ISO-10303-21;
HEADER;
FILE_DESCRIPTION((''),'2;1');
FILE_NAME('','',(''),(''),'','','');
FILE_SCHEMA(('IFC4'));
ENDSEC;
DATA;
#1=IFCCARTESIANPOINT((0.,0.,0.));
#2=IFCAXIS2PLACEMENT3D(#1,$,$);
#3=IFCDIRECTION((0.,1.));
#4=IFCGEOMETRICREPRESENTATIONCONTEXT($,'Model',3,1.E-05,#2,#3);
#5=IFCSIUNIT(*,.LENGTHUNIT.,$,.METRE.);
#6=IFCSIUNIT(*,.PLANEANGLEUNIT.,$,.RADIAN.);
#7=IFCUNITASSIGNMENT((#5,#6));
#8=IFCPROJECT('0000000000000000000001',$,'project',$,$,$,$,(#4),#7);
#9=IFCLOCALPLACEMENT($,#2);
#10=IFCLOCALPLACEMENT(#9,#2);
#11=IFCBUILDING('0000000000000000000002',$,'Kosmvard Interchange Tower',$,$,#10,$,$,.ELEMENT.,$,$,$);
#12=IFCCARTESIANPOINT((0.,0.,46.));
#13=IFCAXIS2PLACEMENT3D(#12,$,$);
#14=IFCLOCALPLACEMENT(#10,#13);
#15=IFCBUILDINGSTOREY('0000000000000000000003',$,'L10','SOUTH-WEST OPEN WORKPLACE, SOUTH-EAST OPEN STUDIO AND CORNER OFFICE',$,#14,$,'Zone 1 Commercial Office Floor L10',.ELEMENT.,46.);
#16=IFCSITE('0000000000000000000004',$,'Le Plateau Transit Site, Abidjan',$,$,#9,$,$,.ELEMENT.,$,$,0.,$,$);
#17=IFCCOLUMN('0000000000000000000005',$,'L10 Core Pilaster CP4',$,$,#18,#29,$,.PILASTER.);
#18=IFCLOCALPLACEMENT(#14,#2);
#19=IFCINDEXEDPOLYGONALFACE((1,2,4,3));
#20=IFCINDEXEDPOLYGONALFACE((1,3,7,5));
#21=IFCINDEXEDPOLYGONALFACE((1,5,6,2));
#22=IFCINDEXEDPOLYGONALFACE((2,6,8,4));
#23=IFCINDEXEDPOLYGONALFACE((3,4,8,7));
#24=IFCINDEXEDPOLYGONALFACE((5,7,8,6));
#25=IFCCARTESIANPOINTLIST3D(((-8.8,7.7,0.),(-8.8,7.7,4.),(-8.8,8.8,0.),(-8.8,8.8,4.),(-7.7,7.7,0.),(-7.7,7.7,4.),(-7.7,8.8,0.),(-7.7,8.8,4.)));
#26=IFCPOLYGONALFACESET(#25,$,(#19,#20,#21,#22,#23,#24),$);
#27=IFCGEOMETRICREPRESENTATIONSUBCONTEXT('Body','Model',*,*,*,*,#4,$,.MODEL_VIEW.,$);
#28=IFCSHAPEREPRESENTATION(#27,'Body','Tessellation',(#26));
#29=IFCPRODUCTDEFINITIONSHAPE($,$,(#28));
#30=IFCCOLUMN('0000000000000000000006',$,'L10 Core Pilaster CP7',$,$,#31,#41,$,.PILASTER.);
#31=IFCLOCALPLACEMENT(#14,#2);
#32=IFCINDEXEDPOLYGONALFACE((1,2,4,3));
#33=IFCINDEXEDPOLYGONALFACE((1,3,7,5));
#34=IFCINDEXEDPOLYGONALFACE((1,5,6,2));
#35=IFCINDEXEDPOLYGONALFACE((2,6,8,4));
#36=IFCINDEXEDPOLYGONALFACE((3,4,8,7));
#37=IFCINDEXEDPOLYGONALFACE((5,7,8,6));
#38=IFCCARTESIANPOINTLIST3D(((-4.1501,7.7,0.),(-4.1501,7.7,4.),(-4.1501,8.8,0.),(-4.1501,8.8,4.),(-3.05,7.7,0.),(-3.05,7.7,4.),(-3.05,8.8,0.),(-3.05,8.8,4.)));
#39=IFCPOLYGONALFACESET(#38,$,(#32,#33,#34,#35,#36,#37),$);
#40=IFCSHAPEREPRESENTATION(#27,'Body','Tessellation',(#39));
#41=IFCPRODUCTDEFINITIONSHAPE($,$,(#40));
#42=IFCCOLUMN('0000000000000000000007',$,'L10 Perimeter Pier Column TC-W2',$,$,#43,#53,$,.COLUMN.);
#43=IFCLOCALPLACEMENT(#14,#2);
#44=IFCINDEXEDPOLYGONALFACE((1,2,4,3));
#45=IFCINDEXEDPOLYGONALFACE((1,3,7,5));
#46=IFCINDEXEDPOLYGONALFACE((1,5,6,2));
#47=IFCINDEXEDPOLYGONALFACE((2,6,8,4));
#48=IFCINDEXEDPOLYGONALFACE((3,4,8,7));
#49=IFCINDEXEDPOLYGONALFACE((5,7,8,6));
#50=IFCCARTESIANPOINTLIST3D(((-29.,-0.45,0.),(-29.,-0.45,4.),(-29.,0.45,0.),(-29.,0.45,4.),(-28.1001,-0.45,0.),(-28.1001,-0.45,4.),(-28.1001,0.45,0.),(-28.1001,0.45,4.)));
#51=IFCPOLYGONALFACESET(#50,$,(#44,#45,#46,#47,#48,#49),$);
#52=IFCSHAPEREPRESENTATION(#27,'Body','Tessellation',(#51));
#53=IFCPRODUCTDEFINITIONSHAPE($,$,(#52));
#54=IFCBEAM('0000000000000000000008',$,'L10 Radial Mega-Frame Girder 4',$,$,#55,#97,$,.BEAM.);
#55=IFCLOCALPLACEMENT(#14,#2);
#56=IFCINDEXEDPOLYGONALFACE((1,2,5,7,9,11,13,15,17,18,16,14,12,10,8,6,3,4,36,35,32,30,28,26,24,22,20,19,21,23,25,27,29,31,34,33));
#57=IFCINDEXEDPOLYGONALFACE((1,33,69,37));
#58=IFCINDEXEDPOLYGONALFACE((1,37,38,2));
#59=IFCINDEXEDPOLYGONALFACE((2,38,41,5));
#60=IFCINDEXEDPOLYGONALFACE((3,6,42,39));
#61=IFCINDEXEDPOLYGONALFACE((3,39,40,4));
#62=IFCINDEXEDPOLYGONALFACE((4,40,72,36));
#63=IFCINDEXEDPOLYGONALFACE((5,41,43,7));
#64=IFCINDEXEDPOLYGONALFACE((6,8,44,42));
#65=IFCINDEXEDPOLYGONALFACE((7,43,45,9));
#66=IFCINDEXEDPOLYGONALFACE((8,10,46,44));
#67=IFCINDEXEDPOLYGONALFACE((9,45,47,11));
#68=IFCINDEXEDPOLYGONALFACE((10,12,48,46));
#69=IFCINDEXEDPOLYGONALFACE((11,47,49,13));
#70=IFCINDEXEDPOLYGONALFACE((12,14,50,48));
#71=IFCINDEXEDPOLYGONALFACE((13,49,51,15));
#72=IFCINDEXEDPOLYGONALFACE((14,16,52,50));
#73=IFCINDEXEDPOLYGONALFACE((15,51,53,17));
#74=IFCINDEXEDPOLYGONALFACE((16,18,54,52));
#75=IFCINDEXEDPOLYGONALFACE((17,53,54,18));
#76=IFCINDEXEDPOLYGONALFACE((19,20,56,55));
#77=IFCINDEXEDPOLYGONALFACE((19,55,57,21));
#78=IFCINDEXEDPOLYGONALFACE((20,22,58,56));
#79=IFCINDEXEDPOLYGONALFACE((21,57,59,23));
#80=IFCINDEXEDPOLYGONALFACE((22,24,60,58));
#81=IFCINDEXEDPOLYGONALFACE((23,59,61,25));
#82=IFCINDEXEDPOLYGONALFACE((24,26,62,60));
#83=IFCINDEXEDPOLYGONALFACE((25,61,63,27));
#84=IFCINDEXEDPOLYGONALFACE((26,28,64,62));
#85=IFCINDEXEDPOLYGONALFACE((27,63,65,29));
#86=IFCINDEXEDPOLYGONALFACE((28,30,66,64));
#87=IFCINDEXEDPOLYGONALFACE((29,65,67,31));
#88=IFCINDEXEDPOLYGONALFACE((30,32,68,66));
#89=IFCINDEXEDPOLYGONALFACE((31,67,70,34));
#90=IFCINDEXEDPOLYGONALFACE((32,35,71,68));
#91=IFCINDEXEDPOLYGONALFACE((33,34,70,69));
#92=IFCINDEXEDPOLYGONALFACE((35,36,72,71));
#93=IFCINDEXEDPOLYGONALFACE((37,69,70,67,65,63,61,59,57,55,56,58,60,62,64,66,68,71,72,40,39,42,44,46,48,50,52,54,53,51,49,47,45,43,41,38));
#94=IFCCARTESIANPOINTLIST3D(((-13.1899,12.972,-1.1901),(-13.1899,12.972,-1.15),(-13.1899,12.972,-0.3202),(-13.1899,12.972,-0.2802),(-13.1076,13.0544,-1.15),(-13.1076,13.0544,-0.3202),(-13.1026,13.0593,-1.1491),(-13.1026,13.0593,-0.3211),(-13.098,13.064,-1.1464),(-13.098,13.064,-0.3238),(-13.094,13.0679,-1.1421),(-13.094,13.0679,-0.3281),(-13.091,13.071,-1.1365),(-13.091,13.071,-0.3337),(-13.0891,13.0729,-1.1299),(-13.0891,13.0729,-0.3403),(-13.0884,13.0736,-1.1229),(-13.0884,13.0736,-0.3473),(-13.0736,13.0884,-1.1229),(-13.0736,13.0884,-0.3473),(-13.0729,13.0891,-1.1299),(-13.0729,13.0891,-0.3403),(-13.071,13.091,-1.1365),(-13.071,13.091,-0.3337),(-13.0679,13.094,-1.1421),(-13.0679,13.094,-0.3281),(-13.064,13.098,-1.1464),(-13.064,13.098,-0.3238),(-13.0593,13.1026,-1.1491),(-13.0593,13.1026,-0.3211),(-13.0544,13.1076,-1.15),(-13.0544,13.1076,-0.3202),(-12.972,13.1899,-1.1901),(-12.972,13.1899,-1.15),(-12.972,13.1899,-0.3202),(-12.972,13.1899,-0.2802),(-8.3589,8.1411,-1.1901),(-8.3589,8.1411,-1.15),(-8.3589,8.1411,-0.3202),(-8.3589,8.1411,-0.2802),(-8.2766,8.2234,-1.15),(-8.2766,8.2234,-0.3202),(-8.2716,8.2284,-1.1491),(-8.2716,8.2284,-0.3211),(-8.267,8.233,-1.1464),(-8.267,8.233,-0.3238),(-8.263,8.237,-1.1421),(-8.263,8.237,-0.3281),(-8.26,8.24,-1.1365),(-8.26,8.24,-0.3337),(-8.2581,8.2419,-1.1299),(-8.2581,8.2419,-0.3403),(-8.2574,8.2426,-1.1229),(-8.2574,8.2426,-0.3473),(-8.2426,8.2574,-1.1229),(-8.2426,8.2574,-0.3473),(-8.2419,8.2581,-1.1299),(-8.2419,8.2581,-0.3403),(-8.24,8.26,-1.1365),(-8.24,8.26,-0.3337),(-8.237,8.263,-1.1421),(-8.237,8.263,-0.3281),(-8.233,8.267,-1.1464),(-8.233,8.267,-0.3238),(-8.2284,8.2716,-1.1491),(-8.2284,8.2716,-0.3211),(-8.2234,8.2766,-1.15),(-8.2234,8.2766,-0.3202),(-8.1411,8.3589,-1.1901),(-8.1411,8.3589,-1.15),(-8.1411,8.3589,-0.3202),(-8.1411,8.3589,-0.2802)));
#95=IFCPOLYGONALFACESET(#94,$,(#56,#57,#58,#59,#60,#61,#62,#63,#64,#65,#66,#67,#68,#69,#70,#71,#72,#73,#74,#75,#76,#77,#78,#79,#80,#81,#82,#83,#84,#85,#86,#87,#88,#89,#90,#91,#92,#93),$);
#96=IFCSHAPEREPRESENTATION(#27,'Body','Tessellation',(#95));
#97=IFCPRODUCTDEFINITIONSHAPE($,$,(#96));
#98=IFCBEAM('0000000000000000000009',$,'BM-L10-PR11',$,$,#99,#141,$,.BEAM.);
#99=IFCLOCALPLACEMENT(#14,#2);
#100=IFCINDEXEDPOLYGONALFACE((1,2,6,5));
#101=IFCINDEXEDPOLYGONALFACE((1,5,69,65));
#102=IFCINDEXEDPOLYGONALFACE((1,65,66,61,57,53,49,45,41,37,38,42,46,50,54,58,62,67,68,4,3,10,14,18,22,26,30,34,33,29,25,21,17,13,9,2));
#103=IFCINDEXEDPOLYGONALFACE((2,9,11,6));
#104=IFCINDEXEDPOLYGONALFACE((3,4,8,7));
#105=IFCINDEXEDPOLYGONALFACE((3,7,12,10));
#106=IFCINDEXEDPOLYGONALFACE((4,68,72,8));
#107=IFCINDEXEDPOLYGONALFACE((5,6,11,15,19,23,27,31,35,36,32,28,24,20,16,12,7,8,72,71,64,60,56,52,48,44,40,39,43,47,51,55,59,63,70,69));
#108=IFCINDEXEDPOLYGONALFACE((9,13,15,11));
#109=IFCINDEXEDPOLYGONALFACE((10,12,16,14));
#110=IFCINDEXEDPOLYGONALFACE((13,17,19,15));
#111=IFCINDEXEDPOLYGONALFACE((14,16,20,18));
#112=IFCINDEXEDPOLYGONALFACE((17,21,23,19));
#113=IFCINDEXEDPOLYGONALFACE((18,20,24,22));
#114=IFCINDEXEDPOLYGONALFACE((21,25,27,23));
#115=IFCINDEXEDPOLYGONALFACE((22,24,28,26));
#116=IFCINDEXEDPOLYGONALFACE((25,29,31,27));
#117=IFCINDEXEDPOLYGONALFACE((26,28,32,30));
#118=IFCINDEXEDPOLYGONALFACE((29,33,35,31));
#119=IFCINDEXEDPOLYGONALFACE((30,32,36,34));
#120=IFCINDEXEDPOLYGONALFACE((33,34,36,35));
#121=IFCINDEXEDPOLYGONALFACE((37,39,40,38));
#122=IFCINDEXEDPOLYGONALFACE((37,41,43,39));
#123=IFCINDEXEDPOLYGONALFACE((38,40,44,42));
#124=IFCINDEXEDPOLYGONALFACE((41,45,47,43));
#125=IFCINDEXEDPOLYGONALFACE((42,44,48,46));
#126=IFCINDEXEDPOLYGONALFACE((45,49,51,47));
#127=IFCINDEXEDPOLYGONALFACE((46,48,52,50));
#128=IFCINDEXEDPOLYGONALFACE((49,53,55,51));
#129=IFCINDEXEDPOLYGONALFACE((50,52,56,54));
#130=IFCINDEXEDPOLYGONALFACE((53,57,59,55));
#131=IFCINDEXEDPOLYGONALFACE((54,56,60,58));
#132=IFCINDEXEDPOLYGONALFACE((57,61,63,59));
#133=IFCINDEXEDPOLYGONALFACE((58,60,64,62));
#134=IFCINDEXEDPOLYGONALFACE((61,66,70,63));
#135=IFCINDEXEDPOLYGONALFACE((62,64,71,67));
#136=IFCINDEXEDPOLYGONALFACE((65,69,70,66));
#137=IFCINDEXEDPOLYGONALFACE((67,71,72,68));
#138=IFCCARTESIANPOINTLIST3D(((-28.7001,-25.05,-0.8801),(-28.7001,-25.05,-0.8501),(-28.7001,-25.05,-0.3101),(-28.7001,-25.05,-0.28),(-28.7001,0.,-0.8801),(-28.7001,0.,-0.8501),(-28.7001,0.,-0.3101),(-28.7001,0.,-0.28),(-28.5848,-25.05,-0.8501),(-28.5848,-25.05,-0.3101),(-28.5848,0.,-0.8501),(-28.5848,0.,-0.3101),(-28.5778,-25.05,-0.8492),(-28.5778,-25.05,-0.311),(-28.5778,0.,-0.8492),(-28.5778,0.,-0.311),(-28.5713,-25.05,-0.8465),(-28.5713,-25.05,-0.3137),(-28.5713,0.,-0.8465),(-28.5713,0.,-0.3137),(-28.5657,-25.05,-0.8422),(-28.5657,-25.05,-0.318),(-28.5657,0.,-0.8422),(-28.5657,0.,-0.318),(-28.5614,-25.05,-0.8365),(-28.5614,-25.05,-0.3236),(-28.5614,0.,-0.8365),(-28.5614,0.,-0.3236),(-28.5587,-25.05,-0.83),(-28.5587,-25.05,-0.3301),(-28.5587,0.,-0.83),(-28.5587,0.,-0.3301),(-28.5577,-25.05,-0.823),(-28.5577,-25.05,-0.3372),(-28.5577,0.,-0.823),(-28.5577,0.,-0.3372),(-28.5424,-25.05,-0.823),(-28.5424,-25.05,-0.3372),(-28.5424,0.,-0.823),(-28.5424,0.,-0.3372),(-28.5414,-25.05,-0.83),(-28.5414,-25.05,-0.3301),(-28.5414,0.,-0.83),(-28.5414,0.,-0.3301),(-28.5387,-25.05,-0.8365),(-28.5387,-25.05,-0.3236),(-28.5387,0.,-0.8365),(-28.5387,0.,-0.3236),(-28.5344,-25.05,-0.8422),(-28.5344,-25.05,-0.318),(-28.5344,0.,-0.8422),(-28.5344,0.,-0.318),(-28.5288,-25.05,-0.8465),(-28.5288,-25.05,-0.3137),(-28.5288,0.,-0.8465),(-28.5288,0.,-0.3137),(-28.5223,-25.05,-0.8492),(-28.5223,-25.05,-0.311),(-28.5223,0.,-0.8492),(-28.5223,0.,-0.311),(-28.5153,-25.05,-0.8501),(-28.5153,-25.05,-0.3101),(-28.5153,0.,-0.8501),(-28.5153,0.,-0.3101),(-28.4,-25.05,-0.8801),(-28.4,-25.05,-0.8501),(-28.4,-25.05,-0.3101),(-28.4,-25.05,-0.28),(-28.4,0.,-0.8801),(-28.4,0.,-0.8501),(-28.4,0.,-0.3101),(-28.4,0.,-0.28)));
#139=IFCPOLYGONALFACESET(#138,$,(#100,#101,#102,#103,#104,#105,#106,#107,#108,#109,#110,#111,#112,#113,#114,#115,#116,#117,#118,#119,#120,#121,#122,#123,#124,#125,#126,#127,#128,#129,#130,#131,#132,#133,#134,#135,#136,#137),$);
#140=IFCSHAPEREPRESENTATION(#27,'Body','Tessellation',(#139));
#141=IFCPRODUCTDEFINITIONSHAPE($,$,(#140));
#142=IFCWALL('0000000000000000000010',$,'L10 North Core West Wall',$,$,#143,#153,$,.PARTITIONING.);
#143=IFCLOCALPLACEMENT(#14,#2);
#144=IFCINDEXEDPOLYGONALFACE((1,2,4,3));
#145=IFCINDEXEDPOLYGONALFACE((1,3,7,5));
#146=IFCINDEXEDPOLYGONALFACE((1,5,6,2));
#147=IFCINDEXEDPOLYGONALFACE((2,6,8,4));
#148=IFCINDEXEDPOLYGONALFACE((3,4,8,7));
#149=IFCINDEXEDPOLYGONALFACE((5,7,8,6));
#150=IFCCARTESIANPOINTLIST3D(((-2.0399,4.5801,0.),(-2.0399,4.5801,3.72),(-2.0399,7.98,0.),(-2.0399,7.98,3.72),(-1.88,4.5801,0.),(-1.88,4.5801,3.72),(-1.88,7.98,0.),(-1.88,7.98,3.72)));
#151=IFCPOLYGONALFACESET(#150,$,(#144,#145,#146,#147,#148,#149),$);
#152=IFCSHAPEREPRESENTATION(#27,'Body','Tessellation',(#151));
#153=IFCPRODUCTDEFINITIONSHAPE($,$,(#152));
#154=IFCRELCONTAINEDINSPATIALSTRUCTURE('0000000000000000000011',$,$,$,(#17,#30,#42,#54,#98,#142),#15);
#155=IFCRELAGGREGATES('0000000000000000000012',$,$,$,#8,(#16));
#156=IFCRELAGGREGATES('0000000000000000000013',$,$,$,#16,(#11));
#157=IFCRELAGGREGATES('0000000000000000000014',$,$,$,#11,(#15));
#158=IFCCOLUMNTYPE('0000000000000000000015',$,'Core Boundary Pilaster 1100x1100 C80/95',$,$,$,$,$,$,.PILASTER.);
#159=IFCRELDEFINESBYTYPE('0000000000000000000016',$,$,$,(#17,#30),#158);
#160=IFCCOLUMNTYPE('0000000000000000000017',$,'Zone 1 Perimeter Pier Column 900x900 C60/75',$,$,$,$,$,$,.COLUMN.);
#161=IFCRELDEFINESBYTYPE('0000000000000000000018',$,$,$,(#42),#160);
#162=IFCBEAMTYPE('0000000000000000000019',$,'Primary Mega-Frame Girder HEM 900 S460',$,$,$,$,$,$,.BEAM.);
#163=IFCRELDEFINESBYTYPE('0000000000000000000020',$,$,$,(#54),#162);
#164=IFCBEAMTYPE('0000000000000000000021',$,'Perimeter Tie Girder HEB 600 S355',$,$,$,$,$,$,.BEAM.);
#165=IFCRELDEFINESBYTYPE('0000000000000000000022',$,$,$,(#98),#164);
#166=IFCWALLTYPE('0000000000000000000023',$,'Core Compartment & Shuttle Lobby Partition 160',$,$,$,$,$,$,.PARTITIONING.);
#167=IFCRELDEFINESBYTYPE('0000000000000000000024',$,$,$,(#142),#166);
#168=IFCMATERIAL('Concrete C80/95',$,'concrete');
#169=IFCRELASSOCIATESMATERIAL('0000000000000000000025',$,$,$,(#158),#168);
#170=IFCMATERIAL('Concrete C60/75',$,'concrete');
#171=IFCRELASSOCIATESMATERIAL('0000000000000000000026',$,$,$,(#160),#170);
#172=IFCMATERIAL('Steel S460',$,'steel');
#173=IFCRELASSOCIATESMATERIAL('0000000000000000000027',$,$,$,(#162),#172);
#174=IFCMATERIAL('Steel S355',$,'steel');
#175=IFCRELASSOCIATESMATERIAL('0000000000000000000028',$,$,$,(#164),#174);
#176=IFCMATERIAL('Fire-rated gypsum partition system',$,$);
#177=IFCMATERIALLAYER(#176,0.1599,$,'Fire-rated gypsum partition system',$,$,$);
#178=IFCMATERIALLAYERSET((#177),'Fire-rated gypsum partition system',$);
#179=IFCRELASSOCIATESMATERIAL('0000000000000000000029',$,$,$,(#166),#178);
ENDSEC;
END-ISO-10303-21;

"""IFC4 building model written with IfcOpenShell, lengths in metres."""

from ifc_helpers import new_model, si_unit, direction, frame, frame_2d, origin, origin_2d, place, context, subcontext, project, spatial, rectangle, i_section, extrude, source, transform, mapped, material, layer, layer_set, material_profile, profile_set, type_object, element, save


model = new_model("IFC4")

# Units and contexts
model_context = context("Model", 3, precision=1e-05, world=origin(), true_north=direction((0.0, 1.0)))
body_context = subcontext(model_context, "Body", "Model", "MODEL_VIEW")
ifc_project = project(units=[si_unit("LENGTHUNIT", "METRE"), si_unit("PLANEANGLEUNIT", "RADIAN")], contexts=[model_context])

# Site, building, storey
site_placement = place(None, origin())
site = spatial("IfcSite", under=ifc_project, at=site_placement, Name="Le Plateau Transit Site, Abidjan", CompositionType="ELEMENT", RefElevation=0.0)
building_placement = place(site_placement, origin())
building = spatial("IfcBuilding", under=site, at=building_placement, Name="Kosmvard Interchange Tower", CompositionType="ELEMENT")
storey_placement = place(building_placement, frame((0.0, 0.0, 46.0)))
storey = spatial("IfcBuildingStorey", under=building, at=storey_placement, Name="L10", Description="SOUTH-WEST OPEN WORKPLACE, SOUTH-EAST OPEN STUDIO AND CORNER OFFICE", LongName="Zone 1 Commercial Office Floor L10", CompositionType="ELEMENT", Elevation=46.0)

# Columns
ifc_material_1 = material(Name="Concrete C80/95", Category="concrete")
ifc_material_profile_1 = material_profile(ifc_material_1, rectangle(XDim=1.1001, YDim=1.1001, at=origin_2d()), Name="CP 1100x1100")
ifc_profile_set_1 = profile_set([ifc_material_profile_1], Name="Concrete C80/95")
column_type_1 = type_object("IfcColumnType", Name="Core Boundary Pilaster 1100x1100 C80/95", PredefinedType="PILASTER", material=ifc_profile_set_1)
shared_shape_1 = source(origin(), body_context, "Body", "SweptSolid", [
    extrude(rectangle(XDim=1.1001, YDim=1.1001, at=origin_2d()), origin(), (0.0, 0.0, 1.0), 4.0),
])
for number, where, z_axis, x_axis, name in (
    (1, (-8.25, 8.25, 0.0), (0.0, 0.0, 1.0), (1.0, 0.0, 0.0), "L10 Core Pilaster CP4"),
    (2, (-3.6001, 8.25, 0.0), (0.0, 0.0, 1.0), (1.0, 0.0, 0.0), "L10 Core Pilaster CP7"),
):
    element("IfcColumn", number, at=place(storey_placement, frame(where, z_axis=z_axis, x_axis=x_axis)), inside=storey, type_object=column_type_1, Name=name, PredefinedType="PILASTER", context=body_context, shape_type="MappedRepresentation", body=[
        mapped(shared_shape_1, transform((0.0, 0.0, 0.0), scale=1.0)),
    ])
ifc_material_2 = material(Name="Concrete C60/75", Category="concrete")
ifc_material_profile_2 = material_profile(ifc_material_2, rectangle(XDim=0.8999, YDim=0.8999, at=origin_2d()), Name="TC 900x900")
ifc_profile_set_2 = profile_set([ifc_material_profile_2], Name="Concrete C60/75")
column_type_2 = type_object("IfcColumnType", Name="Zone 1 Perimeter Pier Column 900x900 C60/75", PredefinedType="COLUMN", material=ifc_profile_set_2)
shared_shape_2 = source(origin(), body_context, "Body", "SweptSolid", [
    extrude(rectangle(XDim=0.8999, YDim=0.8999, at=origin_2d()), origin(), (0.0, 0.0, 1.0), 4.0),
])
column_placement = place(storey_placement, frame((-28.55, 0.0, 0.0), z_axis=(0.0, 0.0, 1.0), x_axis=(1.0, 0.0, 0.0)))
element("IfcColumn", 3, at=column_placement, inside=storey, type_object=column_type_2, Name="L10 Perimeter Pier Column TC-W2", PredefinedType="COLUMN", context=body_context, shape_type="MappedRepresentation", body=[
    mapped(shared_shape_2, transform((0.0, 0.0, 0.0), scale=1.0)),
])

# Beams
ifc_material_3 = material(Name="Steel S460", Category="steel")
ifc_material_profile_3 = material_profile(ifc_material_3, i_section(OverallWidth=0.3081, OverallDepth=0.9099, WebThickness=0.021, FlangeThickness=0.04, FilletRadius=0.0271, at=origin_2d()), Name="HEM 900")
ifc_profile_set_3 = profile_set([ifc_material_profile_3], Name="Steel S460")
beam_type_1 = type_object("IfcBeamType", Name="Primary Mega-Frame Girder HEM 900 S460", PredefinedType="BEAM", material=ifc_profile_set_3)
shared_shape_3 = source(origin(), body_context, "Body", "SweptSolid", [
    extrude(i_section(OverallWidth=0.3081, OverallDepth=0.9099, WebThickness=0.021, FlangeThickness=0.04, FilletRadius=0.0271, at=origin_2d()), origin(), (0.0, 0.0, 1.0), 6.832),
])
beam_1_placement = place(storey_placement, frame((-8.25, 8.25, -0.7351), z_axis=(-0.707107, 0.707107, 0.0), x_axis=(-0.707107, -0.707107, 0.0)))
element("IfcBeam", 4, at=beam_1_placement, inside=storey, type_object=beam_type_1, Name="L10 Radial Mega-Frame Girder 4", PredefinedType="BEAM", context=body_context, shape_type="MappedRepresentation", body=[
    mapped(shared_shape_3, transform((0.0, 0.0, 0.0), scale=1.0)),
])
ifc_material_4 = material(Name="Steel S355", Category="steel")
ifc_material_profile_4 = material_profile(ifc_material_4, i_section(OverallWidth=0.3, OverallDepth=0.6001, WebThickness=0.0154, FlangeThickness=0.03, FilletRadius=0.0271, at=origin_2d()), Name="HEB 600")
ifc_profile_set_4 = profile_set([ifc_material_profile_4], Name="Steel S355")
beam_type_2 = type_object("IfcBeamType", Name="Perimeter Tie Girder HEB 600 S355", PredefinedType="BEAM", material=ifc_profile_set_4)
shared_shape_4 = source(origin(), body_context, "Body", "SweptSolid", [
    extrude(i_section(OverallWidth=0.3, OverallDepth=0.6001, WebThickness=0.0154, FlangeThickness=0.03, FilletRadius=0.0271, at=origin_2d()), origin(), (0.0, 0.0, 1.0), 25.05),
])
beam_2_placement = place(storey_placement, frame((-28.55, 0.0, -0.5801), z_axis=(0.0, -1.0, 0.0), x_axis=(1.0, 0.0, 0.0)))
element("IfcBeam", 5, at=beam_2_placement, inside=storey, type_object=beam_type_2, Name="BM-L10-PR11", PredefinedType="BEAM", context=body_context, shape_type="MappedRepresentation", body=[
    mapped(shared_shape_4, transform((0.0, 0.0, 0.0), scale=1.0)),
])

# Wall
ifc_material_5 = material(Name="Fire-rated gypsum partition system")
ifc_layer_1 = layer(ifc_material_5, 0.1599, Name="Fire-rated gypsum partition system")
ifc_layer_set_1 = layer_set([ifc_layer_1], Name="Fire-rated gypsum partition system")
wall_type_1 = type_object("IfcWallType", Name="Core Compartment & Shuttle Lobby Partition 160", PredefinedType="PARTITIONING", material=ifc_layer_set_1)
wall_1_placement = place(storey_placement, frame((-1.96, 4.5801, 0.0), z_axis=(0.0, 0.0, 1.0), x_axis=(0.0, 1.0, 0.0)))
element("IfcWall", 6, at=wall_1_placement, inside=storey, type_object=wall_type_1, Name="L10 North Core West Wall", PredefinedType="PARTITIONING", context=body_context, shape_type="SweptSolid", body=[
    extrude(rectangle(XDim=3.3999, YDim=0.1599, at=frame_2d((1.7, 0.0))), origin(), (0.0, 0.0, 1.0), 3.72),
])

save(model, "model.ifc")
